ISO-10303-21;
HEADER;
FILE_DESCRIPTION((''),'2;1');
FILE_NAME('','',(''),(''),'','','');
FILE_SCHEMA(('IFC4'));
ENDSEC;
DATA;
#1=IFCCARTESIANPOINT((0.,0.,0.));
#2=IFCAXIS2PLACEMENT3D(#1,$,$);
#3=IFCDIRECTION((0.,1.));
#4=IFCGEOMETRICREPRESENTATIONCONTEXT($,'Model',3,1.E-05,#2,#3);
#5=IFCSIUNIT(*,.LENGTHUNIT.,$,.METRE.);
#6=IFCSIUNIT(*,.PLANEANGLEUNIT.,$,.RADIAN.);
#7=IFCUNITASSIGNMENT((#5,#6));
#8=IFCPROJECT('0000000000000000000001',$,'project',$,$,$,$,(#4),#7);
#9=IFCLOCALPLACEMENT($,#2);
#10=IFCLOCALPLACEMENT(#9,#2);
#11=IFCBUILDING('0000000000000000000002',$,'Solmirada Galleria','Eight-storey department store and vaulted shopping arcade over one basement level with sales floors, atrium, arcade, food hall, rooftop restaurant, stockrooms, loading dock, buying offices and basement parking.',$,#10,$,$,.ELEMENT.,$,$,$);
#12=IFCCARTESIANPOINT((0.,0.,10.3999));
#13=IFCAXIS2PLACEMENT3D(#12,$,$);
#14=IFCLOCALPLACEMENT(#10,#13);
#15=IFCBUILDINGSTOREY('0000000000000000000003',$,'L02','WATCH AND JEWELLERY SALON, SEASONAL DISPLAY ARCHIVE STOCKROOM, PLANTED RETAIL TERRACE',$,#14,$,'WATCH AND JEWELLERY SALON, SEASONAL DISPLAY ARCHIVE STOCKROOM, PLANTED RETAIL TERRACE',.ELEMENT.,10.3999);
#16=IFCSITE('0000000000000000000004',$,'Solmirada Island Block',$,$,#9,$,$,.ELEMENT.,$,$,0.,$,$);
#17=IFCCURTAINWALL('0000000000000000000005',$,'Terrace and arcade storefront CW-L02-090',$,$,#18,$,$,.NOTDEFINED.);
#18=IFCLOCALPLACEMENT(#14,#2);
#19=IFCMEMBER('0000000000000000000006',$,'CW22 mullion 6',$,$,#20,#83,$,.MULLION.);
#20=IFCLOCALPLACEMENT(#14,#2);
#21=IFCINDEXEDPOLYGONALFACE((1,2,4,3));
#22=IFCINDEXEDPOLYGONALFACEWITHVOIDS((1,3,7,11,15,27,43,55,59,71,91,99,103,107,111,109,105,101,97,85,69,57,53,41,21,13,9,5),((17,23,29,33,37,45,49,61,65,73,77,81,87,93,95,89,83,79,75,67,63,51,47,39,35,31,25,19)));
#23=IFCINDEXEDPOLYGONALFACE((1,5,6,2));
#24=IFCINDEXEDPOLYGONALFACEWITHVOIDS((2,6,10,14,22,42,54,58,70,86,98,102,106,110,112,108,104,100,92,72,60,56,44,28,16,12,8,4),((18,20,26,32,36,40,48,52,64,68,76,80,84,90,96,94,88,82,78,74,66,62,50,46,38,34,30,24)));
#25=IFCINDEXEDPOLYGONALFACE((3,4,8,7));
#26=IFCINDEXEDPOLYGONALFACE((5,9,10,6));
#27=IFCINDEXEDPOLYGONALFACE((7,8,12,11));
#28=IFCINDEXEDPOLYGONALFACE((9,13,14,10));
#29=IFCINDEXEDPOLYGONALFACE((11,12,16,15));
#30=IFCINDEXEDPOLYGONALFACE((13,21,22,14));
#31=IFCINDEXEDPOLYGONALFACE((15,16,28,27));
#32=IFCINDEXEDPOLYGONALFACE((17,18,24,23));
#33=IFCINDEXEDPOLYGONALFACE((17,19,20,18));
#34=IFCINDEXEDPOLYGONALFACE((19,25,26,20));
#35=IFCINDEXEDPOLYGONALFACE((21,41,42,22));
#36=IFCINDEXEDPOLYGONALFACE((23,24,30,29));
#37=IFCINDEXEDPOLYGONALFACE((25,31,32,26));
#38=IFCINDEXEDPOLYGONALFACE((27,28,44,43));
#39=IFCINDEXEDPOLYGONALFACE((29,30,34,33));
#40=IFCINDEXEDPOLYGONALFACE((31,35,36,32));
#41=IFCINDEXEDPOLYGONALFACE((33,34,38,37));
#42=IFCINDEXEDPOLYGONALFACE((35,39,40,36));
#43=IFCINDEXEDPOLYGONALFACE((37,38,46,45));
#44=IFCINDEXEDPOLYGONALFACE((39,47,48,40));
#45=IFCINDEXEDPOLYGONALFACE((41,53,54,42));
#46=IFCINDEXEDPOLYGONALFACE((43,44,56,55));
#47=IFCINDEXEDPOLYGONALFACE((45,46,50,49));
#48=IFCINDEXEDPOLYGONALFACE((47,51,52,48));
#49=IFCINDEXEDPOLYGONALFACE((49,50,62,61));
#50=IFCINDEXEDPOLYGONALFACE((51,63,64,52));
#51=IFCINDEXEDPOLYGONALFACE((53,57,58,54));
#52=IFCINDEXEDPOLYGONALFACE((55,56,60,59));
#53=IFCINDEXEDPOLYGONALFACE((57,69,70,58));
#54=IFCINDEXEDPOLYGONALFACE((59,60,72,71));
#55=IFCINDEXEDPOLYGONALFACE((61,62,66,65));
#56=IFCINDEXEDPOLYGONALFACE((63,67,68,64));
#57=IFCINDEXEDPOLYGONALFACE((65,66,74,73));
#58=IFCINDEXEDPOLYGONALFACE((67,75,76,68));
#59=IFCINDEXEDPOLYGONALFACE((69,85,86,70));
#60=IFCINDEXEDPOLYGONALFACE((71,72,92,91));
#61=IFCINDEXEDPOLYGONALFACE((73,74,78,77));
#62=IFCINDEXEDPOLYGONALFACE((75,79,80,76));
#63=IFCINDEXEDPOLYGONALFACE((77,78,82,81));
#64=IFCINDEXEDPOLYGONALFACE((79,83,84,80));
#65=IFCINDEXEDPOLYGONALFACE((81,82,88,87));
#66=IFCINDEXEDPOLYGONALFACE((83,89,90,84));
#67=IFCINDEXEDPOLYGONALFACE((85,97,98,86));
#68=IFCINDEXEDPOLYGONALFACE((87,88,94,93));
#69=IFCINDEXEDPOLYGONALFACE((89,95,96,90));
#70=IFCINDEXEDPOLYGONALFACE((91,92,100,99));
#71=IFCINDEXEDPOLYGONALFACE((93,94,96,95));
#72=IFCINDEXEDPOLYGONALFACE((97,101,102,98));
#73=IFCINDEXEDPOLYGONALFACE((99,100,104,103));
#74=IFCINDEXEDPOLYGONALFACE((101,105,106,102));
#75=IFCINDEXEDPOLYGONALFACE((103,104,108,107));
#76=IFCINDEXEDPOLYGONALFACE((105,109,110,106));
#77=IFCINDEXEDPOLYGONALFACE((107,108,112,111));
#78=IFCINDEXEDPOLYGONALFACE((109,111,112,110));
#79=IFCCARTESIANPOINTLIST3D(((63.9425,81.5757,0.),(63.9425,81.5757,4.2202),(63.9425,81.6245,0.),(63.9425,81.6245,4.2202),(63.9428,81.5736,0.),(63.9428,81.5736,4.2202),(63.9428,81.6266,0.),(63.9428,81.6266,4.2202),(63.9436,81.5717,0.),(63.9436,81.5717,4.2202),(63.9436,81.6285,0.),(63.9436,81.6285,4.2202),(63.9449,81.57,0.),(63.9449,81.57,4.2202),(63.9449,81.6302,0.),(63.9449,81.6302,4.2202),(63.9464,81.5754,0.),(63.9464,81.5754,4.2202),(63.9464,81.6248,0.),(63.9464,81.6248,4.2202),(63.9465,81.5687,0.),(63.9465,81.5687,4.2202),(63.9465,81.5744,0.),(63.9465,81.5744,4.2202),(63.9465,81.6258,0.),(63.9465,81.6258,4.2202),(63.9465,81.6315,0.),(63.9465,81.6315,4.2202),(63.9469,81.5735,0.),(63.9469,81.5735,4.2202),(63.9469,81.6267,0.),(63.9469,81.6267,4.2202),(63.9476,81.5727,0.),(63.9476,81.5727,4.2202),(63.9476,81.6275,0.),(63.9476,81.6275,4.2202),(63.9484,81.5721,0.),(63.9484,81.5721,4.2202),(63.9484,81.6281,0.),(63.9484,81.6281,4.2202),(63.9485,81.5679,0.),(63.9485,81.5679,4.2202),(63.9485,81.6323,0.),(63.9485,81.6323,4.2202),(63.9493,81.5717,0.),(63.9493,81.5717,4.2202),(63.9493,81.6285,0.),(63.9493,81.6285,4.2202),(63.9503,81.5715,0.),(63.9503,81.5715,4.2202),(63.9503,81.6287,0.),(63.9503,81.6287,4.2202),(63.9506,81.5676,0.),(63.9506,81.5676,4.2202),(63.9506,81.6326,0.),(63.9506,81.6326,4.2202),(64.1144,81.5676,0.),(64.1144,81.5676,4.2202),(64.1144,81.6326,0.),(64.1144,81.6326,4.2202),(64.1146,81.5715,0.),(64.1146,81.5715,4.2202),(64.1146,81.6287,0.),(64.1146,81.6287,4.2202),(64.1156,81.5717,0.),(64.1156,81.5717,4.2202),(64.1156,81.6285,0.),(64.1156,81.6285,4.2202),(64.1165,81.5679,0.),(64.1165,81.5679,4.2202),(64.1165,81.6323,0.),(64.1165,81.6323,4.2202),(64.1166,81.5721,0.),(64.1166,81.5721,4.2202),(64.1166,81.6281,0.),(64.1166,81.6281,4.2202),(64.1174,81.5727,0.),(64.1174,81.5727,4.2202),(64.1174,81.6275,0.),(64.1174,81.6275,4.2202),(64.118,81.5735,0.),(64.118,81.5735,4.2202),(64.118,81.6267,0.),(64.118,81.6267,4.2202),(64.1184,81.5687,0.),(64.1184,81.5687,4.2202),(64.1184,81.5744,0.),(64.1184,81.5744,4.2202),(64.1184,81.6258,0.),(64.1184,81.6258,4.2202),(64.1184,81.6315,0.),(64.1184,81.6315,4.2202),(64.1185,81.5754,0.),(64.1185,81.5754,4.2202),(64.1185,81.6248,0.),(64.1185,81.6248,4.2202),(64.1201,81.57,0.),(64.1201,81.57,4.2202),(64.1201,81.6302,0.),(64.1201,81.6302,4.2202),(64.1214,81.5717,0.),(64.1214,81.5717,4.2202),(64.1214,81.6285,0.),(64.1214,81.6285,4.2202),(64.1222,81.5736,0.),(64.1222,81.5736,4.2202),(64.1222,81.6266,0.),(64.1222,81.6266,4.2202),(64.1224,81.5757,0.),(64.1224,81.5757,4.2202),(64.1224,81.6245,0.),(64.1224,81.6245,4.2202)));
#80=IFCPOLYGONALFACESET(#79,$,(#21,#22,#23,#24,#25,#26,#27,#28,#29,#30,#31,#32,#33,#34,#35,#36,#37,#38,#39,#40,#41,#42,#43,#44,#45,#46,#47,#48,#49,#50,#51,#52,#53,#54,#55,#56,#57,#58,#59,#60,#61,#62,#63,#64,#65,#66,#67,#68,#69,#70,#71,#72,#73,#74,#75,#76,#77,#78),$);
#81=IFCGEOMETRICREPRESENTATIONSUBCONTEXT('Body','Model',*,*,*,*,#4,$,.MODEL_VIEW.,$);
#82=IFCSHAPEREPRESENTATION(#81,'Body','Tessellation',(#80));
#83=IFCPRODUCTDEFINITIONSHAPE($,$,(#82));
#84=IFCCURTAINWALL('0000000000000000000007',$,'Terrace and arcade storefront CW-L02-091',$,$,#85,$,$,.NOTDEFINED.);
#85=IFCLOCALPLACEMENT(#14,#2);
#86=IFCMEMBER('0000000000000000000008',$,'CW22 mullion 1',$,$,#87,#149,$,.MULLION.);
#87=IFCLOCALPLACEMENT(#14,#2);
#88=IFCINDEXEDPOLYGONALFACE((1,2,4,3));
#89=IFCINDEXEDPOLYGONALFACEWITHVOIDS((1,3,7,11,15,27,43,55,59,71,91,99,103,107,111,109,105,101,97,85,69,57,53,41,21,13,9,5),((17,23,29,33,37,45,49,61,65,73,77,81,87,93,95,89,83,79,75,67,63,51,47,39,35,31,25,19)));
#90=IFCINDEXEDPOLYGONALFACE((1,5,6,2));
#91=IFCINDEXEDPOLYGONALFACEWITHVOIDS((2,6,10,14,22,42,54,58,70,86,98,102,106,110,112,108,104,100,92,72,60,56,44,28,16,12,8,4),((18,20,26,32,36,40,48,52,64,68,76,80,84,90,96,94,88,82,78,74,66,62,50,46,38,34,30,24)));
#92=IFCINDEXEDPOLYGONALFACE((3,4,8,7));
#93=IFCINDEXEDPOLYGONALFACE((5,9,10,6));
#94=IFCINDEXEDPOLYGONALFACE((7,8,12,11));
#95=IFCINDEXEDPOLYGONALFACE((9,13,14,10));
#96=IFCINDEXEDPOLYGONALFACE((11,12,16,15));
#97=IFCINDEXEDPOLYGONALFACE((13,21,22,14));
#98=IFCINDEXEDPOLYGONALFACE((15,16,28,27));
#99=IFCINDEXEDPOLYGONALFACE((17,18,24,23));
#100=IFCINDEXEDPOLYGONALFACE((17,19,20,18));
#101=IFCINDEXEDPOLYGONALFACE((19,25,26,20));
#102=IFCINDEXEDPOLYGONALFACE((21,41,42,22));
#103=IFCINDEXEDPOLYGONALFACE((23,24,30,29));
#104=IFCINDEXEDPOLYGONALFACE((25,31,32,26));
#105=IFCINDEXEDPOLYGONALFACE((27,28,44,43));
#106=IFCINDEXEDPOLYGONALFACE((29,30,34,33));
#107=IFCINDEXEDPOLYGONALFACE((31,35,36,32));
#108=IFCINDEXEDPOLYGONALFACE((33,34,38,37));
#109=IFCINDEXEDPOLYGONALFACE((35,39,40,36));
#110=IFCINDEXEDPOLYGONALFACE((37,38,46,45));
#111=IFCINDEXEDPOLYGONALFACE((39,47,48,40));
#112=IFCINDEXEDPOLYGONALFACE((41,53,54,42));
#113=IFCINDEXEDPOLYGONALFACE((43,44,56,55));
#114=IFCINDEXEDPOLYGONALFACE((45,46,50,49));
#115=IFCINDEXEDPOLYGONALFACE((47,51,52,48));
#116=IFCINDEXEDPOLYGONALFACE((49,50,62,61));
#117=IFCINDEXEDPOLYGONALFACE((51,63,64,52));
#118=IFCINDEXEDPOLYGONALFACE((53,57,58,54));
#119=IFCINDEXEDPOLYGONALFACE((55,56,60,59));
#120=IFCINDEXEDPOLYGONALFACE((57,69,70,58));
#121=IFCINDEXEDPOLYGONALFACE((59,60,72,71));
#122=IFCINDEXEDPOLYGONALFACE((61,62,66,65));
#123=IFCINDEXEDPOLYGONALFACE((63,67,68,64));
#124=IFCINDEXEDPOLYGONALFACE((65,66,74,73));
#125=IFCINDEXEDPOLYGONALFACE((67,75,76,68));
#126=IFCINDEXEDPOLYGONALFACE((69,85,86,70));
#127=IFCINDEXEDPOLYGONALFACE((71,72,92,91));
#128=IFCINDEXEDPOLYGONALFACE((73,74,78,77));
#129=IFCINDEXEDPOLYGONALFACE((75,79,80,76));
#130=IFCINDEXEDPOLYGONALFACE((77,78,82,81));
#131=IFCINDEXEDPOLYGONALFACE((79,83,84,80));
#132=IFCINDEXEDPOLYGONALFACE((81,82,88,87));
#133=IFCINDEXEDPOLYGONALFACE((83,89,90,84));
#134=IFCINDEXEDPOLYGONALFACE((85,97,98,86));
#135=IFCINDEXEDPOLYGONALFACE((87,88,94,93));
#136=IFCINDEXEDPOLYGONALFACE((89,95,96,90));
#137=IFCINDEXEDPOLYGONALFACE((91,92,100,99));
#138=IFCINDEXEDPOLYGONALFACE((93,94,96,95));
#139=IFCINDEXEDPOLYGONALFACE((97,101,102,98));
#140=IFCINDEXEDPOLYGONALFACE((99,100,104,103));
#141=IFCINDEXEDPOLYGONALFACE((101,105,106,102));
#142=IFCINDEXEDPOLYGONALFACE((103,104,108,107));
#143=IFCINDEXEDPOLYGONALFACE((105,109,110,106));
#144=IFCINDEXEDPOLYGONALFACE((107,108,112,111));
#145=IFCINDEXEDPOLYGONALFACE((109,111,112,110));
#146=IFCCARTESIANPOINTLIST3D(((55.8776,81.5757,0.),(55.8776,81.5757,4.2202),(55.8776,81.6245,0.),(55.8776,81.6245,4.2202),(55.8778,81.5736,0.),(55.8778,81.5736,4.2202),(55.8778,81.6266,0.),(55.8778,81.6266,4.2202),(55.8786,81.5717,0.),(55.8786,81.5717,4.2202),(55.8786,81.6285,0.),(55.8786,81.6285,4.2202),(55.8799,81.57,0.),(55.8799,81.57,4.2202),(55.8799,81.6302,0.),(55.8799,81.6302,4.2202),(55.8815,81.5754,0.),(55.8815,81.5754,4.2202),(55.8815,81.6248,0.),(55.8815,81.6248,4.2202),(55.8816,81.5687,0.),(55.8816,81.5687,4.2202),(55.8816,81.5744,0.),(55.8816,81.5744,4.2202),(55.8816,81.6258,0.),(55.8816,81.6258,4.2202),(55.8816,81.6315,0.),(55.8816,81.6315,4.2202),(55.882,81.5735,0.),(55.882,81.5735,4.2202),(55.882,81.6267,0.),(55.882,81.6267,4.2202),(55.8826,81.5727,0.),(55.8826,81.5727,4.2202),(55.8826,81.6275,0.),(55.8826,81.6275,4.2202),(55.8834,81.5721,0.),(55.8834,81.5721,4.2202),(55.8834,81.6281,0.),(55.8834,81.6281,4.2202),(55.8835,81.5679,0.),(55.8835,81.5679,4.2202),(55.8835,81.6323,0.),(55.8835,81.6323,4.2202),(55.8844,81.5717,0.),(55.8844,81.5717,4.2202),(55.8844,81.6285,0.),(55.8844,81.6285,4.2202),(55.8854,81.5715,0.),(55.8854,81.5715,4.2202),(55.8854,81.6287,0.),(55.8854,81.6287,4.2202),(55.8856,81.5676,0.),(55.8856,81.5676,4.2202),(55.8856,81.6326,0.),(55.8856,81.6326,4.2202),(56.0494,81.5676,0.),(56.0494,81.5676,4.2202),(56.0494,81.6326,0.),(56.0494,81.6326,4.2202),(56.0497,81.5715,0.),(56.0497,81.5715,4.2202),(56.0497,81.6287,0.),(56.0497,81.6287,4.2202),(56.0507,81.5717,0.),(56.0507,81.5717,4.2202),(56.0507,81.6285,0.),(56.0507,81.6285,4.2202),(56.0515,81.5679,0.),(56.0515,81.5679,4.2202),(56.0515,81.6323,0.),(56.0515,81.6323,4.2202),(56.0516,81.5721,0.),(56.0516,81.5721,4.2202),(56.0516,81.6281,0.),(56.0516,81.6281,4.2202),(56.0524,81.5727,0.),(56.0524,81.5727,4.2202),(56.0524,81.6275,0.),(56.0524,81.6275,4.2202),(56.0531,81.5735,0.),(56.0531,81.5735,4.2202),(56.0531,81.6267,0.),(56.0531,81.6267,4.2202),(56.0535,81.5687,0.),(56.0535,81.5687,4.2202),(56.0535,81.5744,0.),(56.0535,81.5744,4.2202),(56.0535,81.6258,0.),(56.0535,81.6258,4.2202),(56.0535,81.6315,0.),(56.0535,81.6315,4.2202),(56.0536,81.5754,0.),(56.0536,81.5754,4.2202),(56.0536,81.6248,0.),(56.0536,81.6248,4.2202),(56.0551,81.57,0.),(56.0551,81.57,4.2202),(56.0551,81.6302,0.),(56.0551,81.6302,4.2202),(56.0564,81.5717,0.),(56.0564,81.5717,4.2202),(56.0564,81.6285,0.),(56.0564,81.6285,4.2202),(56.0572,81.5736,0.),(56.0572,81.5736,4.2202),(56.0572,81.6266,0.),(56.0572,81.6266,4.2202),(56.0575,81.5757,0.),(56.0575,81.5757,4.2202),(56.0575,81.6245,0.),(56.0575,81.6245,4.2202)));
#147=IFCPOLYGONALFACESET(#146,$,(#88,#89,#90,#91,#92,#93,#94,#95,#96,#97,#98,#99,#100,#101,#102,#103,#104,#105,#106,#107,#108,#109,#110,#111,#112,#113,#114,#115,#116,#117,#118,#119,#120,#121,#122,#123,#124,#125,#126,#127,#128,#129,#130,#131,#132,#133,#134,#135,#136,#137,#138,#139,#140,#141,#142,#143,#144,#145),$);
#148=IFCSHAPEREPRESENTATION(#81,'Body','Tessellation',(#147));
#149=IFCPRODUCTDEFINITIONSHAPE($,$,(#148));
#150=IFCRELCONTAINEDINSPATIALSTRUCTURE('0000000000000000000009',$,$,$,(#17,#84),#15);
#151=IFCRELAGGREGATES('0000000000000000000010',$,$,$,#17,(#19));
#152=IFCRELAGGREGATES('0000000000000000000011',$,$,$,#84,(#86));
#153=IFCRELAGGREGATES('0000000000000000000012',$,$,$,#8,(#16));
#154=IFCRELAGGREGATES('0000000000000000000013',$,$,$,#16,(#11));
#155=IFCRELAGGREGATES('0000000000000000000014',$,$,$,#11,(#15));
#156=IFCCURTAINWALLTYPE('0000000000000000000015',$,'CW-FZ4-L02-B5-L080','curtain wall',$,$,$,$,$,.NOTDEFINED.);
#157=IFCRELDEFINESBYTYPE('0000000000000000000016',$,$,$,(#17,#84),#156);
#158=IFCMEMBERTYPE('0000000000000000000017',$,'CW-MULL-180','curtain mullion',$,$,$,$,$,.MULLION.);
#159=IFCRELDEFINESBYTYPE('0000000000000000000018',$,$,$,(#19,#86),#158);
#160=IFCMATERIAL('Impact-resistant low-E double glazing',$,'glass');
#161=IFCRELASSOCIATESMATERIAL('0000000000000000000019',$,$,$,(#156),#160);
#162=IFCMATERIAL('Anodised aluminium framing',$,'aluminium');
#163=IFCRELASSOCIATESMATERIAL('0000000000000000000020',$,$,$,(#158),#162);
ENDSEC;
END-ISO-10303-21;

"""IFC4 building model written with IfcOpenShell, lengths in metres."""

from ifc_helpers import new_model, si_unit, direction, frame, origin, origin_2d, place, context, subcontext, project, spatial, hollow_rectangle, extrude, material, material_profile, profile_set, type_object, element, aggregate, save


model = new_model("IFC4")

# Units and contexts
model_context = context("Model", 3, precision=1e-05, world=origin(), true_north=direction((0.0, 1.0)))
body_context = subcontext(model_context, "Body", "Model", "MODEL_VIEW")
ifc_project = project(units=[si_unit("LENGTHUNIT", "METRE"), si_unit("PLANEANGLEUNIT", "RADIAN")], contexts=[model_context])

# Site, building, storey
site_placement = place(None, origin())
site = spatial("IfcSite", under=ifc_project, at=site_placement, Name="Solmirada Island Block", CompositionType="ELEMENT", RefElevation=0.0)
building_placement = place(site_placement, origin())
building = spatial("IfcBuilding", under=site, at=building_placement, Name="Solmirada Galleria", Description="Eight-storey department store and vaulted shopping arcade over one basement level with sales floors, atrium, arcade, food hall, rooftop restaurant, stockrooms, loading dock, buying offices and basement parking.", CompositionType="ELEMENT")
storey_placement = place(building_placement, frame((0.0, 0.0, 10.3999)))
storey = spatial("IfcBuildingStorey", under=building, at=storey_placement, Name="L02", Description="WATCH AND JEWELLERY SALON, SEASONAL DISPLAY ARCHIVE STOCKROOM, PLANTED RETAIL TERRACE", LongName="WATCH AND JEWELLERY SALON, SEASONAL DISPLAY ARCHIVE STOCKROOM, PLANTED RETAIL TERRACE", CompositionType="ELEMENT", Elevation=10.3999)

# Curtain walls, members
ifc_material_1 = material(Name="Impact-resistant low-E double glazing", Category="glass")
curtain_wall_type = type_object("IfcCurtainWallType", Name="CW-FZ4-L02-B5-L080", Description="curtain wall", PredefinedType="NOTDEFINED", material=ifc_material_1)
curtain_wall_1_placement = place(storey_placement, origin())
curtain_wall_1 = element("IfcCurtainWall", 1, at=curtain_wall_1_placement, inside=storey, type_object=curtain_wall_type, Name="Terrace and arcade storefront CW-L02-090", PredefinedType="NOTDEFINED")
ifc_material_2 = material(Name="Anodised aluminium framing", Category="aluminium")
ifc_material_profile_1 = material_profile(ifc_material_2, hollow_rectangle(XDim=0.0649, YDim=0.1799, WallThickness=0.0039, InnerFilletRadius=0.0039, OuterFilletRadius=0.0081, at=origin_2d()), Name="ALU-MULL-180X65")
ifc_profile_set_1 = profile_set([ifc_material_profile_1], Name="Anodised aluminium framing")
member_type_1 = type_object("IfcMemberType", Name="CW-MULL-180", Description="curtain mullion", PredefinedType="MULLION", material=ifc_profile_set_1)
member_1_placement = place(storey_placement, frame((64.0325, 81.6001, 0.0), z_axis=(0.0, 0.0, 1.0), x_axis=(0.0, -1.0, 0.0)))
member_1 = element("IfcMember", 2, at=member_1_placement, type_object=member_type_1, Name="CW22 mullion 6", PredefinedType="MULLION", context=body_context, shape_type="SweptSolid", body=[
    extrude(hollow_rectangle(XDim=0.0649, YDim=0.1799, WallThickness=0.0039, InnerFilletRadius=0.0039, OuterFilletRadius=0.0081, at=origin_2d()), origin(), (0.0, 0.0, 1.0), 4.2202),
])
curtain_wall_2_placement = place(storey_placement, origin())
curtain_wall_2 = element("IfcCurtainWall", 3, at=curtain_wall_2_placement, inside=storey, type_object=curtain_wall_type, Name="Terrace and arcade storefront CW-L02-091", PredefinedType="NOTDEFINED")
member_2_placement = place(storey_placement, frame((55.9675, 81.6001, 0.0), z_axis=(0.0, 0.0, 1.0), x_axis=(0.0, -1.0, 0.0)))
member_2 = element("IfcMember", 4, at=member_2_placement, type_object=member_type_1, Name="CW22 mullion 1", PredefinedType="MULLION", context=body_context, shape_type="SweptSolid", body=[
    extrude(hollow_rectangle(XDim=0.0649, YDim=0.1799, WallThickness=0.0039, InnerFilletRadius=0.0039, OuterFilletRadius=0.0081, at=origin_2d()), origin(), (0.0, 0.0, 1.0), 4.2202),
])

aggregate(curtain_wall_1, [member_1])
aggregate(curtain_wall_2, [member_2])

save(model, "model.ifc")
